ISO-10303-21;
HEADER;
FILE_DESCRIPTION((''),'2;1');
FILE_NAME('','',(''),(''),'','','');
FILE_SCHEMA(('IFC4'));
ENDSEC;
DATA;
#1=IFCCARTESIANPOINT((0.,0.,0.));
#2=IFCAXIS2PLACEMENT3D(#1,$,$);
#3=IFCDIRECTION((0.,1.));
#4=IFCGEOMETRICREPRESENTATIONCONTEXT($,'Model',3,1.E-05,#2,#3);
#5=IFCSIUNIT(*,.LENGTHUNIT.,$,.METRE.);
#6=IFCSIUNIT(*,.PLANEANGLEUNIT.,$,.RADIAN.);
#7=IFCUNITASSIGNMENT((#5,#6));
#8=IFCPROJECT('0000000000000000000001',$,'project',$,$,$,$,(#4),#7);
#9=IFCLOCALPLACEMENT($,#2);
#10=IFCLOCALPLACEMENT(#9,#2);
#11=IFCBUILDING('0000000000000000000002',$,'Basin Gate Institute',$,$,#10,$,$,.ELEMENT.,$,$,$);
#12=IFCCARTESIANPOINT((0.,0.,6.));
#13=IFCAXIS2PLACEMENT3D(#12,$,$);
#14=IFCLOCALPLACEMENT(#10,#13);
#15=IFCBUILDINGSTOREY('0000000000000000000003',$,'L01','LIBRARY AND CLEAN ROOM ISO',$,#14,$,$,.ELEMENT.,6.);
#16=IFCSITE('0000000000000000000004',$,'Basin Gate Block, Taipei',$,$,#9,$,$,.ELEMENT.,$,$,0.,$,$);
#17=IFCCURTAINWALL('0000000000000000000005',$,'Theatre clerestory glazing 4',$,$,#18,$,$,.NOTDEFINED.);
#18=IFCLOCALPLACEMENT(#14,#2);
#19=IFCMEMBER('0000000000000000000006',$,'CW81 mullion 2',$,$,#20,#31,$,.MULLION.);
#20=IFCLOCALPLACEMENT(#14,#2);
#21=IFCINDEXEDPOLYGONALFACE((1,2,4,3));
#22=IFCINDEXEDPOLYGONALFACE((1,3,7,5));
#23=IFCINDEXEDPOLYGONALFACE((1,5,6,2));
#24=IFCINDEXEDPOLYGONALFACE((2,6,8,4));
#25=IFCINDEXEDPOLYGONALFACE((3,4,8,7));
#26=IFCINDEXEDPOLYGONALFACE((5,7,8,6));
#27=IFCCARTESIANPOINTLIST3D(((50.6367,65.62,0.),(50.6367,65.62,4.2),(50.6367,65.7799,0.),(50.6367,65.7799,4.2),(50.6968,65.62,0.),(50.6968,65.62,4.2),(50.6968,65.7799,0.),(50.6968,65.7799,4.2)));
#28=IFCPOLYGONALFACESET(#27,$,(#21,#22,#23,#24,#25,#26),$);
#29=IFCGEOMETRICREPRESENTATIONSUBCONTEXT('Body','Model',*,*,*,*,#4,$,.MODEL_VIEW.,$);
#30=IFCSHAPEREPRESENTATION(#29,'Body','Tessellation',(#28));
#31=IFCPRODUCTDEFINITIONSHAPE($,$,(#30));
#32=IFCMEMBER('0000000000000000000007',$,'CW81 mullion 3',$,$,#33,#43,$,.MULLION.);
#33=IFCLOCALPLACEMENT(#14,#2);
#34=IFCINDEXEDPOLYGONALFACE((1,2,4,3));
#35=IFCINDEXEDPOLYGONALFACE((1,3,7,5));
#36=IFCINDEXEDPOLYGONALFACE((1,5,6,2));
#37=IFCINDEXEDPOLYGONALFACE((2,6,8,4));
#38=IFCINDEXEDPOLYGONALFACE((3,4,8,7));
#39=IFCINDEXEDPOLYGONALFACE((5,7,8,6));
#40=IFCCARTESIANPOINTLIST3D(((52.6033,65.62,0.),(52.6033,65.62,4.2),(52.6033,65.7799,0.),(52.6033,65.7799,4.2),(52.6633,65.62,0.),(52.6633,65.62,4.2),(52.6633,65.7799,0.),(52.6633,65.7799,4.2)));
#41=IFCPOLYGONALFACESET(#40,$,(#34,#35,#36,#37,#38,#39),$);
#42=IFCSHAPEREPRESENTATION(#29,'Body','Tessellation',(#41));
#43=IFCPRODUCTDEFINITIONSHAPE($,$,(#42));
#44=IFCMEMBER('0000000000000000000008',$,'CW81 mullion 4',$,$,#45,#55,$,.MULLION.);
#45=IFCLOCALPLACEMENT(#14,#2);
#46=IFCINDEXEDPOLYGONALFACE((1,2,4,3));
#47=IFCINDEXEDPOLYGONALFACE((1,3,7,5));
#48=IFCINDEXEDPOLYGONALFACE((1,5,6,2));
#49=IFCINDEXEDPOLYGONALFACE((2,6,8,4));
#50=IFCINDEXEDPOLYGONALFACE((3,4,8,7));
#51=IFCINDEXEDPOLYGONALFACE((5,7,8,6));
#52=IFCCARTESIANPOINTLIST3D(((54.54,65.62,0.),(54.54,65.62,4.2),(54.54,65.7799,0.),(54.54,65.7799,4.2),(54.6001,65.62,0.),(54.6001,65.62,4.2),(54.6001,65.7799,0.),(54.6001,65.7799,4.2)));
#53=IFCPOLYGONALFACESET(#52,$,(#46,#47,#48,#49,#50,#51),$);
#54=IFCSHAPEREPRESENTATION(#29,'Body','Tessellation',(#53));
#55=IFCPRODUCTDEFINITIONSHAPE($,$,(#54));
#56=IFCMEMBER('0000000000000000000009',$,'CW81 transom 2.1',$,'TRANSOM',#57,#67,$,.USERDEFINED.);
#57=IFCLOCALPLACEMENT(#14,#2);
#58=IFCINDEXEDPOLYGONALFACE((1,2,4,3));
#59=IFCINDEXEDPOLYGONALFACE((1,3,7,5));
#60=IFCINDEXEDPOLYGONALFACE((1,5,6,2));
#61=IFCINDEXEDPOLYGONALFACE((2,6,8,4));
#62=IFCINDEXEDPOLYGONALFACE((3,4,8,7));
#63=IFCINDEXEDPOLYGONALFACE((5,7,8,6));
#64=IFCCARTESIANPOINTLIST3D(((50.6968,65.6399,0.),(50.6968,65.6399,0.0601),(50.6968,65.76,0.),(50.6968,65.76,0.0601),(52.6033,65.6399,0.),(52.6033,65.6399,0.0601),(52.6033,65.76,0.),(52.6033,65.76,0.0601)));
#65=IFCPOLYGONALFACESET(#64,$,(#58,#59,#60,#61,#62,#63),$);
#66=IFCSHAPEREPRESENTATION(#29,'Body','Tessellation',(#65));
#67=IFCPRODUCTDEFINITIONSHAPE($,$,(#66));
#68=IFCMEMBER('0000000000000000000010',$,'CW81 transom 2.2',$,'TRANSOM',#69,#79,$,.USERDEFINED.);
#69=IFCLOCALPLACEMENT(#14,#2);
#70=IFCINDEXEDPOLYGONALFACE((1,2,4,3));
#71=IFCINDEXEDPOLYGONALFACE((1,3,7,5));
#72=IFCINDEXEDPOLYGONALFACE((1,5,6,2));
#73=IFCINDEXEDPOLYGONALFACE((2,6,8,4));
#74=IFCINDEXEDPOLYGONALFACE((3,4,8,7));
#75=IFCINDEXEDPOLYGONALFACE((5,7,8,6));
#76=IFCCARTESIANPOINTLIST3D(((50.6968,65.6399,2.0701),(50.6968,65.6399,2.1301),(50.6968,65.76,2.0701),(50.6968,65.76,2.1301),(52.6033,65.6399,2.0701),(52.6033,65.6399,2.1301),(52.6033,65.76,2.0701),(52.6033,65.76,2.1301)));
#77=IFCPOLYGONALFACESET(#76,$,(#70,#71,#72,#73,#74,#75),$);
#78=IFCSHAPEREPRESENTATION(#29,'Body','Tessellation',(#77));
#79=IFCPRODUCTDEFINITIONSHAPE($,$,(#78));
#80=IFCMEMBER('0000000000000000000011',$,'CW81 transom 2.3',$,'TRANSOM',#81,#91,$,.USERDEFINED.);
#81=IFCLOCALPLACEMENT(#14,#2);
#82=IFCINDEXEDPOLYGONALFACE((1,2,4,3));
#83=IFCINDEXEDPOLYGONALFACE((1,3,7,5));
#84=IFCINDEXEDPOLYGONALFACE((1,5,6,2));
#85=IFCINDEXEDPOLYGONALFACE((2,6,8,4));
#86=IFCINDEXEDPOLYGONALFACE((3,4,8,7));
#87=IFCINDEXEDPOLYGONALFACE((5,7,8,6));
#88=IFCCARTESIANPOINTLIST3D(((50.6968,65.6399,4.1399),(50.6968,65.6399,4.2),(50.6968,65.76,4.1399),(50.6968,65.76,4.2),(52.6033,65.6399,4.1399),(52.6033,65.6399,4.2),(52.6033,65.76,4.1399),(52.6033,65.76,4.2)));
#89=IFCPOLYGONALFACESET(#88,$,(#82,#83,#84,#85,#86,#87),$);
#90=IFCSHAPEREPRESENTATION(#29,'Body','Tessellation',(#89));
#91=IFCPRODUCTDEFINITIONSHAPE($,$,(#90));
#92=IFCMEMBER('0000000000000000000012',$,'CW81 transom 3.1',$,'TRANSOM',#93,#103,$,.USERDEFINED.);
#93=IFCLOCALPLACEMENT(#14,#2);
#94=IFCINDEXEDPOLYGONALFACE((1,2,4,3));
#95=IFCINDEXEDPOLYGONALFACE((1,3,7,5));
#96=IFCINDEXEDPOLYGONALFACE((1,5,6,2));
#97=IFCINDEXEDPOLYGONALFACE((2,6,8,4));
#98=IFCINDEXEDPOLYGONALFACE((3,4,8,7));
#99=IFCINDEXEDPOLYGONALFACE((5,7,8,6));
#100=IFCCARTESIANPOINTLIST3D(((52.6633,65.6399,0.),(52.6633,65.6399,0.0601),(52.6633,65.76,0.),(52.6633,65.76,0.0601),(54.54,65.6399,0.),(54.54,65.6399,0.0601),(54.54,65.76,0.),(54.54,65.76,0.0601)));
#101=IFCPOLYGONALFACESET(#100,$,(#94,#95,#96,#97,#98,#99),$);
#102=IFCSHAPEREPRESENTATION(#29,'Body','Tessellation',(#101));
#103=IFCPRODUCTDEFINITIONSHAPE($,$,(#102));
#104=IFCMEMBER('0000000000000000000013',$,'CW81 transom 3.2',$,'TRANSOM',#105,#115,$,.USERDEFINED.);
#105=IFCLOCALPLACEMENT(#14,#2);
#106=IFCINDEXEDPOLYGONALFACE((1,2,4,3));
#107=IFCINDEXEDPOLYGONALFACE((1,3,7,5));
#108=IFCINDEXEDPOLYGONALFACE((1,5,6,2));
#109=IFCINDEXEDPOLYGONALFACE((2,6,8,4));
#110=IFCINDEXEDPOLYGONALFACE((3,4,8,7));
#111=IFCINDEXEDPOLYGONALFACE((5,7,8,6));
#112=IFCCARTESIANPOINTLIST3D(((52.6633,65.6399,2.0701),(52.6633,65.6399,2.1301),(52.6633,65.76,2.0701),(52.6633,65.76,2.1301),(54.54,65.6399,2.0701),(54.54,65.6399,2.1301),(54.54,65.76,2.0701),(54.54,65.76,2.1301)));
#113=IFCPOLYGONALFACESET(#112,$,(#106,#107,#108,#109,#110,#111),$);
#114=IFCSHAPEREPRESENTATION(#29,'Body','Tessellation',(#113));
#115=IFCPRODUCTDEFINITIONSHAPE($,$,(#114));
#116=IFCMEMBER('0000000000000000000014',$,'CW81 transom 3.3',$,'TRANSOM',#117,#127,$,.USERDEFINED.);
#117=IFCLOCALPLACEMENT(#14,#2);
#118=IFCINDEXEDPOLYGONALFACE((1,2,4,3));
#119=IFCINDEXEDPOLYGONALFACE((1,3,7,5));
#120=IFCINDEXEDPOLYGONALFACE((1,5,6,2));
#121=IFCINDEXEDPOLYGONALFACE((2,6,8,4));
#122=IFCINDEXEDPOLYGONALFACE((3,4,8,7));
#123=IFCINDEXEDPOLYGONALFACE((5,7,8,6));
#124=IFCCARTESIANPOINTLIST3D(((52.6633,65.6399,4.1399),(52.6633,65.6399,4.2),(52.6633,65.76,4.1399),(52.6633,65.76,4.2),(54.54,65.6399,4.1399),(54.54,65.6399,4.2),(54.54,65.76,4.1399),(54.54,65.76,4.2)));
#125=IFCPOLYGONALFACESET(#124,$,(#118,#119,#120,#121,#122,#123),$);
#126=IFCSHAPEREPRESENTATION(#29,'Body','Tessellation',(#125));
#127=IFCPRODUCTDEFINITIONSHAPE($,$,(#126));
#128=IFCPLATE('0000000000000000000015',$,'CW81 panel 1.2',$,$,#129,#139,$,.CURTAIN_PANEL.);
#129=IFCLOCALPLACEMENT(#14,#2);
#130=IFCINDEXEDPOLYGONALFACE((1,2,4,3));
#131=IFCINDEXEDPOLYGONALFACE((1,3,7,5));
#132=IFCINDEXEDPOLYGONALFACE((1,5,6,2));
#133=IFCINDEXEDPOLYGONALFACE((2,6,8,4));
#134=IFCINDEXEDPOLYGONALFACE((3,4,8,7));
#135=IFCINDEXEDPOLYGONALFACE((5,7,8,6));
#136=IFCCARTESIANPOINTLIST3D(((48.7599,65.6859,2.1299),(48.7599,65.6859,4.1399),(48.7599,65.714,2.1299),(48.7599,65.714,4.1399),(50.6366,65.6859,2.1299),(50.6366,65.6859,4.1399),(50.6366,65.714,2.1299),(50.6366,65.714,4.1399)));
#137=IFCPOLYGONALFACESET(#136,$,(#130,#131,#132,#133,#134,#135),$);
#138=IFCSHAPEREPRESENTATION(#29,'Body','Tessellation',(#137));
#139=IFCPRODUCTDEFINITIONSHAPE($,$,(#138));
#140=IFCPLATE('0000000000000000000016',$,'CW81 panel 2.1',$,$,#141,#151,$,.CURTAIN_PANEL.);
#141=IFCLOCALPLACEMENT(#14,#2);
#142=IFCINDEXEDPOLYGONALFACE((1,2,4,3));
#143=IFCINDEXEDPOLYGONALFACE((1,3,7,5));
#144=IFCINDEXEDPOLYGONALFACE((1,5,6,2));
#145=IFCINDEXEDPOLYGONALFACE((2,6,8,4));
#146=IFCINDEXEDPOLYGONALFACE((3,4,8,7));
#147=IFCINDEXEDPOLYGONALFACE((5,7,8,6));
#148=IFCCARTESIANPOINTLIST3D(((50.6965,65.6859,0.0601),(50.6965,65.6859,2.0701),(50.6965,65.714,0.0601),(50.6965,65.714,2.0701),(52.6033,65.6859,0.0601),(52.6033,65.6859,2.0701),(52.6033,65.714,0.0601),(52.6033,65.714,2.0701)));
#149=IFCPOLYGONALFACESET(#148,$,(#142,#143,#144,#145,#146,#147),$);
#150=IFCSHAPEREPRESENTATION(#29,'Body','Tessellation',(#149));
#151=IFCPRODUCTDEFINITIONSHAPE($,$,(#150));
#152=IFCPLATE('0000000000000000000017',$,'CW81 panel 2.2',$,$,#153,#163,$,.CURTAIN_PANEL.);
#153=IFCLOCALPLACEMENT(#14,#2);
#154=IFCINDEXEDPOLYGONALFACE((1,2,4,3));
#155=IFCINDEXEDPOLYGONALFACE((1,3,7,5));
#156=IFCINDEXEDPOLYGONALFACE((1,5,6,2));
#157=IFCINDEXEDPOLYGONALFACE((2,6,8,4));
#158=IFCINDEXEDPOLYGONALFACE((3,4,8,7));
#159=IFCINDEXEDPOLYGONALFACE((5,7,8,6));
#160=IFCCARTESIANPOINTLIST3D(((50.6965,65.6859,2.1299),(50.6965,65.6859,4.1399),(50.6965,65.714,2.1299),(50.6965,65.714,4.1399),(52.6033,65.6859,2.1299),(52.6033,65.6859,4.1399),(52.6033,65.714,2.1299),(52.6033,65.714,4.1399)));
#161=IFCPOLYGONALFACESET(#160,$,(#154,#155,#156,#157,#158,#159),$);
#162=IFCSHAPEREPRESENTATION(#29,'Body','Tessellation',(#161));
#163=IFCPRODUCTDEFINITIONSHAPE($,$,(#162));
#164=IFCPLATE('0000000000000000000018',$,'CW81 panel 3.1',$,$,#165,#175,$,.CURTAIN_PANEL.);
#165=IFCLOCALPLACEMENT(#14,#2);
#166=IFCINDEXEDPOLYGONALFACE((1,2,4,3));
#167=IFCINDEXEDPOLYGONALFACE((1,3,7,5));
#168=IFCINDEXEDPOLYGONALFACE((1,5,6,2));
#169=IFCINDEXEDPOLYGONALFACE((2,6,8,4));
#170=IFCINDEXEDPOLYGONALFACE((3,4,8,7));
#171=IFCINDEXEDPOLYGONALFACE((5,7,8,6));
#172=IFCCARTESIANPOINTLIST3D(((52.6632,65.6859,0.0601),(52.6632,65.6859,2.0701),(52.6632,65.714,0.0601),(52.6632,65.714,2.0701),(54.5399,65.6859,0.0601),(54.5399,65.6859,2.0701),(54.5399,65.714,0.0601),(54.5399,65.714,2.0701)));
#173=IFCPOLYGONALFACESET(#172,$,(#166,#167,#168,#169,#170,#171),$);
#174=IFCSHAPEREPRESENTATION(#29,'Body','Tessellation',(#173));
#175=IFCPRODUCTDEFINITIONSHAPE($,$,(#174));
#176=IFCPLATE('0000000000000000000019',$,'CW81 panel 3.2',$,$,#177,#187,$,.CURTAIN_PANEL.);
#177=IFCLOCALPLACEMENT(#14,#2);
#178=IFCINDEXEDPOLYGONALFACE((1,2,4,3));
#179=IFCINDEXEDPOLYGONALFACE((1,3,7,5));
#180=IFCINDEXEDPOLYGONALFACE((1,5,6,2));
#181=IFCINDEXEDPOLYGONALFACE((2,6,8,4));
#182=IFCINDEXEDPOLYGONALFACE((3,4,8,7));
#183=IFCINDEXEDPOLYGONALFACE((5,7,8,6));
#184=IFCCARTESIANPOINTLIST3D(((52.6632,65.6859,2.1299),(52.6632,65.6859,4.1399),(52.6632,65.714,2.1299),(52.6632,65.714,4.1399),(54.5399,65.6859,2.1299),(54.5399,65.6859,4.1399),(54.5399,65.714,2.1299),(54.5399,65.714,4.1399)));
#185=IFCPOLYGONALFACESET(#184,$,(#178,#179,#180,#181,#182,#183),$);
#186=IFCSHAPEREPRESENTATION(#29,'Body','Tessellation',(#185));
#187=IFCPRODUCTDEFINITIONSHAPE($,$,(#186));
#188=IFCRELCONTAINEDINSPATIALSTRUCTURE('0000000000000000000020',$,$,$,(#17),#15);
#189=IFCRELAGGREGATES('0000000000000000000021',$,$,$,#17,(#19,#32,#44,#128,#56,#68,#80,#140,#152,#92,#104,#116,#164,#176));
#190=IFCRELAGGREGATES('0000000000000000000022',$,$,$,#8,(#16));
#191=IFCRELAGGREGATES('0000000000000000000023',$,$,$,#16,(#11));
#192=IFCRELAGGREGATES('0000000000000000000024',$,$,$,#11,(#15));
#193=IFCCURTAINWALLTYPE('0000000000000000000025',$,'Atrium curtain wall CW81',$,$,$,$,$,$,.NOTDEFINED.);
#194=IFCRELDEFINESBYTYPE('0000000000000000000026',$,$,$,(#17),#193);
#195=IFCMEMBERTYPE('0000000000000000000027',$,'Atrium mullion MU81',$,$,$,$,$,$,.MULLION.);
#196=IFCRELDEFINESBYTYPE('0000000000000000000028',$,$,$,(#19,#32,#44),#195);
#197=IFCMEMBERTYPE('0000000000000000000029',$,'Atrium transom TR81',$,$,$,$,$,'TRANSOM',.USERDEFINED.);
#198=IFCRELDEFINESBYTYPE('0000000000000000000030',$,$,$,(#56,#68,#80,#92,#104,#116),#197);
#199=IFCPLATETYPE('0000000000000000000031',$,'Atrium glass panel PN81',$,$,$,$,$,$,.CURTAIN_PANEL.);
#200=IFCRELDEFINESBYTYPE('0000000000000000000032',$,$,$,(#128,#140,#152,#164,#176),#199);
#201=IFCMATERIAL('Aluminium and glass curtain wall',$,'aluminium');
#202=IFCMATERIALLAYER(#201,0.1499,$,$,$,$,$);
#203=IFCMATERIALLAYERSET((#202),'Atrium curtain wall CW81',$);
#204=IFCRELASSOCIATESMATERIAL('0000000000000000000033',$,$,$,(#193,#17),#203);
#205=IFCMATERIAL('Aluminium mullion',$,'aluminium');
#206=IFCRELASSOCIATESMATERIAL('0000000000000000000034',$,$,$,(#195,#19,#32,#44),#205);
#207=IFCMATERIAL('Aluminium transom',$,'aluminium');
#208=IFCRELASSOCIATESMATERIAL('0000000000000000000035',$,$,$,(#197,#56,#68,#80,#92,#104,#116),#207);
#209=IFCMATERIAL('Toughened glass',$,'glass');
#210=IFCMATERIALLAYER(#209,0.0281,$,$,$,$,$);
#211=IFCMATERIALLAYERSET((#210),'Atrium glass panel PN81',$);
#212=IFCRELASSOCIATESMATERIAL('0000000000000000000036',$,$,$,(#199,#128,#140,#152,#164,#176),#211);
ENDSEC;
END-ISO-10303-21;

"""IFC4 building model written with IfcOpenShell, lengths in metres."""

from ifc_helpers import new_model, si_unit, direction, frame, origin, origin_2d, place, context, subcontext, project, spatial, rectangle, extrude, material, layer, layer_set, material_profile, profile_set, type_object, element, aggregate, save


model = new_model("IFC4")

# Units and contexts
model_context = context("Model", 3, precision=1e-05, world=origin(), true_north=direction((0.0, 1.0)))
body_context = subcontext(model_context, "Body", "Model", "MODEL_VIEW")
ifc_project = project(units=[si_unit("LENGTHUNIT", "METRE"), si_unit("PLANEANGLEUNIT", "RADIAN")], contexts=[model_context])

# Site, building, storey
site_placement = place(None, origin())
site = spatial("IfcSite", under=ifc_project, at=site_placement, Name="Basin Gate Block, Taipei", CompositionType="ELEMENT", RefElevation=0.0)
building_placement = place(site_placement, origin())
building = spatial("IfcBuilding", under=site, at=building_placement, Name="Basin Gate Institute", CompositionType="ELEMENT")
storey_placement = place(building_placement, frame((0.0, 0.0, 6.0)))
storey = spatial("IfcBuildingStorey", under=building, at=storey_placement, Name="L01", Description="LIBRARY AND CLEAN ROOM ISO", CompositionType="ELEMENT", Elevation=6.0)

# Curtain wall, members, plates
ifc_material_1 = material(Name="Aluminium and glass curtain wall", Category="aluminium")
ifc_layer_1 = layer(ifc_material_1, 0.1499)
ifc_layer_set_1 = layer_set([ifc_layer_1], Name="Atrium curtain wall CW81")
curtain_wall_type = type_object("IfcCurtainWallType", Name="Atrium curtain wall CW81", PredefinedType="NOTDEFINED", material=ifc_layer_set_1)
curtain_wall_placement = place(storey_placement, origin())
curtain_wall = element("IfcCurtainWall", 1, at=curtain_wall_placement, inside=storey, type_object=curtain_wall_type, material=ifc_layer_set_1, Name="Theatre clerestory glazing 4", PredefinedType="NOTDEFINED")
ifc_material_2 = material(Name="Aluminium mullion", Category="aluminium")
ifc_material_profile_1 = material_profile(ifc_material_2, rectangle(XDim=0.1599, YDim=0.0601, at=origin_2d()), Name="Atrium mullion MU81 160 x 60")
ifc_profile_set_1 = profile_set([ifc_material_profile_1], Name="Aluminium mullion")
member_type_1 = type_object("IfcMemberType", Name="Atrium mullion MU81", PredefinedType="MULLION", material=ifc_profile_set_1)
member_1_placement = place(storey_placement, frame((50.6667, 65.7, 0.0), z_axis=(0.0, 0.0, 1.0), x_axis=(0.0, 1.0, 0.0)))
member_1 = element("IfcMember", 2, at=member_1_placement, type_object=member_type_1, material=ifc_profile_set_1, Name="CW81 mullion 2", PredefinedType="MULLION", context=body_context, shape_type="SweptSolid", body=[
    extrude(rectangle(XDim=0.1599, YDim=0.0601, at=origin_2d()), origin(), (0.0, 0.0, 1.0), 4.2),
])
member_2_placement = place(storey_placement, frame((52.6333, 65.7, 0.0), z_axis=(0.0, 0.0, 1.0), x_axis=(0.0, 1.0, 0.0)))
member_2 = element("IfcMember", 3, at=member_2_placement, type_object=member_type_1, material=ifc_profile_set_1, Name="CW81 mullion 3", PredefinedType="MULLION", context=body_context, shape_type="SweptSolid", body=[
    extrude(rectangle(XDim=0.1599, YDim=0.0601, at=origin_2d()), origin(), (0.0, 0.0, 1.0), 4.2),
])
member_3_placement = place(storey_placement, frame((54.5701, 65.7, 0.0), z_axis=(0.0, 0.0, 1.0), x_axis=(0.0, 1.0, 0.0)))
member_3 = element("IfcMember", 4, at=member_3_placement, type_object=member_type_1, material=ifc_profile_set_1, Name="CW81 mullion 4", PredefinedType="MULLION", context=body_context, shape_type="SweptSolid", body=[
    extrude(rectangle(XDim=0.1599, YDim=0.0601, at=origin_2d()), origin(), (0.0, 0.0, 1.0), 4.2),
])
ifc_material_3 = material(Name="Aluminium transom", Category="aluminium")
ifc_material_profile_2 = material_profile(ifc_material_3, rectangle(XDim=0.1201, YDim=0.0601, at=origin_2d()), Name="Atrium transom TR81 120 x 60")
ifc_profile_set_2 = profile_set([ifc_material_profile_2], Name="Aluminium transom")
member_type_2 = type_object("IfcMemberType", Name="Atrium transom TR81", ElementType="TRANSOM", PredefinedType="USERDEFINED", material=ifc_profile_set_2)
member_4_placement = place(storey_placement, frame((50.6968, 65.7, 0.03), z_axis=(1.0, 0.0, 0.0), x_axis=(0.0, 1.0, 0.0)))
member_4 = element("IfcMember", 5, at=member_4_placement, type_object=member_type_2, material=ifc_profile_set_2, Name="CW81 transom 2.1", ObjectType="TRANSOM", PredefinedType="USERDEFINED", context=body_context, shape_type="SweptSolid", body=[
    extrude(rectangle(XDim=0.1201, YDim=0.0601, at=origin_2d()), origin(), (0.0, 0.0, 1.0), 1.9065),
])
member_5_placement = place(storey_placement, frame((50.6968, 65.7, 2.1001), z_axis=(1.0, 0.0, 0.0), x_axis=(0.0, 1.0, 0.0)))
member_5 = element("IfcMember", 6, at=member_5_placement, type_object=member_type_2, material=ifc_profile_set_2, Name="CW81 transom 2.2", ObjectType="TRANSOM", PredefinedType="USERDEFINED", context=body_context, shape_type="SweptSolid", body=[
    extrude(rectangle(XDim=0.1201, YDim=0.0601, at=origin_2d()), origin(), (0.0, 0.0, 1.0), 1.9065),
])
member_6_placement = place(storey_placement, frame((50.6968, 65.7, 4.1699), z_axis=(1.0, 0.0, 0.0), x_axis=(0.0, 1.0, 0.0)))
member_6 = element("IfcMember", 7, at=member_6_placement, type_object=member_type_2, material=ifc_profile_set_2, Name="CW81 transom 2.3", ObjectType="TRANSOM", PredefinedType="USERDEFINED", context=body_context, shape_type="SweptSolid", body=[
    extrude(rectangle(XDim=0.1201, YDim=0.0601, at=origin_2d()), origin(), (0.0, 0.0, 1.0), 1.9065),
])
member_7_placement = place(storey_placement, frame((52.6633, 65.7, 0.03), z_axis=(1.0, 0.0, 0.0), x_axis=(0.0, 1.0, 0.0)))
member_7 = element("IfcMember", 8, at=member_7_placement, type_object=member_type_2, material=ifc_profile_set_2, Name="CW81 transom 3.1", ObjectType="TRANSOM", PredefinedType="USERDEFINED", context=body_context, shape_type="SweptSolid", body=[
    extrude(rectangle(XDim=0.1201, YDim=0.0601, at=origin_2d()), origin(), (0.0, 0.0, 1.0), 1.8767),
])
member_8_placement = place(storey_placement, frame((52.6633, 65.7, 2.1001), z_axis=(1.0, 0.0, 0.0), x_axis=(0.0, 1.0, 0.0)))
member_8 = element("IfcMember", 9, at=member_8_placement, type_object=member_type_2, material=ifc_profile_set_2, Name="CW81 transom 3.2", ObjectType="TRANSOM", PredefinedType="USERDEFINED", context=body_context, shape_type="SweptSolid", body=[
    extrude(rectangle(XDim=0.1201, YDim=0.0601, at=origin_2d()), origin(), (0.0, 0.0, 1.0), 1.8767),
])
member_9_placement = place(storey_placement, frame((52.6633, 65.7, 4.1699), z_axis=(1.0, 0.0, 0.0), x_axis=(0.0, 1.0, 0.0)))
member_9 = element("IfcMember", 10, at=member_9_placement, type_object=member_type_2, material=ifc_profile_set_2, Name="CW81 transom 3.3", ObjectType="TRANSOM", PredefinedType="USERDEFINED", context=body_context, shape_type="SweptSolid", body=[
    extrude(rectangle(XDim=0.1201, YDim=0.0601, at=origin_2d()), origin(), (0.0, 0.0, 1.0), 1.8767),
])
ifc_material_4 = material(Name="Toughened glass", Category="glass")
ifc_layer_2 = layer(ifc_material_4, 0.0281)
ifc_layer_set_2 = layer_set([ifc_layer_2], Name="Atrium glass panel PN81")
plate_type = type_object("IfcPlateType", Name="Atrium glass panel PN81", PredefinedType="CURTAIN_PANEL", material=ifc_layer_set_2)
plate_1_placement = place(storey_placement, frame((49.6982, 65.7, 2.1299), z_axis=(0.0, 0.0, 1.0), x_axis=(1.0, 0.0, 0.0)))
plate_1 = element("IfcPlate", 11, at=plate_1_placement, type_object=plate_type, material=ifc_layer_set_2, Name="CW81 panel 1.2", PredefinedType="CURTAIN_PANEL", context=body_context, shape_type="SweptSolid", body=[
    extrude(rectangle(XDim=1.8767, YDim=0.0281, at=origin_2d()), origin(), (0.0, 0.0, 1.0), 2.01),
])
plate_2_placement = place(storey_placement, frame((51.6499, 65.7, 0.0601), z_axis=(0.0, 0.0, 1.0), x_axis=(1.0, 0.0, 0.0)))
plate_2 = element("IfcPlate", 12, at=plate_2_placement, type_object=plate_type, material=ifc_layer_set_2, Name="CW81 panel 2.1", PredefinedType="CURTAIN_PANEL", context=body_context, shape_type="SweptSolid", body=[
    extrude(rectangle(XDim=1.9067, YDim=0.0281, at=origin_2d()), origin(), (0.0, 0.0, 1.0), 2.01),
])
plate_3_placement = place(storey_placement, frame((51.6499, 65.7, 2.1299), z_axis=(0.0, 0.0, 1.0), x_axis=(1.0, 0.0, 0.0)))
plate_3 = element("IfcPlate", 13, at=plate_3_placement, type_object=plate_type, material=ifc_layer_set_2, Name="CW81 panel 2.2", PredefinedType="CURTAIN_PANEL", context=body_context, shape_type="SweptSolid", body=[
    extrude(rectangle(XDim=1.9067, YDim=0.0281, at=origin_2d()), origin(), (0.0, 0.0, 1.0), 2.01),
])
plate_4_placement = place(storey_placement, frame((53.6016, 65.7, 0.0601), z_axis=(0.0, 0.0, 1.0), x_axis=(1.0, 0.0, 0.0)))
plate_4 = element("IfcPlate", 14, at=plate_4_placement, type_object=plate_type, material=ifc_layer_set_2, Name="CW81 panel 3.1", PredefinedType="CURTAIN_PANEL", context=body_context, shape_type="SweptSolid", body=[
    extrude(rectangle(XDim=1.8767, YDim=0.0281, at=origin_2d()), origin(), (0.0, 0.0, 1.0), 2.01),
])
plate_5_placement = place(storey_placement, frame((53.6016, 65.7, 2.1299), z_axis=(0.0, 0.0, 1.0), x_axis=(1.0, 0.0, 0.0)))
plate_5 = element("IfcPlate", 15, at=plate_5_placement, type_object=plate_type, material=ifc_layer_set_2, Name="CW81 panel 3.2", PredefinedType="CURTAIN_PANEL", context=body_context, shape_type="SweptSolid", body=[
    extrude(rectangle(XDim=1.8767, YDim=0.0281, at=origin_2d()), origin(), (0.0, 0.0, 1.0), 2.01),
])
aggregate(curtain_wall, [member_1, member_2, member_3, plate_1, member_4, member_5, member_6, plate_2, plate_3, member_7, member_8, member_9, plate_4, plate_5])

save(model, "model.ifc")
